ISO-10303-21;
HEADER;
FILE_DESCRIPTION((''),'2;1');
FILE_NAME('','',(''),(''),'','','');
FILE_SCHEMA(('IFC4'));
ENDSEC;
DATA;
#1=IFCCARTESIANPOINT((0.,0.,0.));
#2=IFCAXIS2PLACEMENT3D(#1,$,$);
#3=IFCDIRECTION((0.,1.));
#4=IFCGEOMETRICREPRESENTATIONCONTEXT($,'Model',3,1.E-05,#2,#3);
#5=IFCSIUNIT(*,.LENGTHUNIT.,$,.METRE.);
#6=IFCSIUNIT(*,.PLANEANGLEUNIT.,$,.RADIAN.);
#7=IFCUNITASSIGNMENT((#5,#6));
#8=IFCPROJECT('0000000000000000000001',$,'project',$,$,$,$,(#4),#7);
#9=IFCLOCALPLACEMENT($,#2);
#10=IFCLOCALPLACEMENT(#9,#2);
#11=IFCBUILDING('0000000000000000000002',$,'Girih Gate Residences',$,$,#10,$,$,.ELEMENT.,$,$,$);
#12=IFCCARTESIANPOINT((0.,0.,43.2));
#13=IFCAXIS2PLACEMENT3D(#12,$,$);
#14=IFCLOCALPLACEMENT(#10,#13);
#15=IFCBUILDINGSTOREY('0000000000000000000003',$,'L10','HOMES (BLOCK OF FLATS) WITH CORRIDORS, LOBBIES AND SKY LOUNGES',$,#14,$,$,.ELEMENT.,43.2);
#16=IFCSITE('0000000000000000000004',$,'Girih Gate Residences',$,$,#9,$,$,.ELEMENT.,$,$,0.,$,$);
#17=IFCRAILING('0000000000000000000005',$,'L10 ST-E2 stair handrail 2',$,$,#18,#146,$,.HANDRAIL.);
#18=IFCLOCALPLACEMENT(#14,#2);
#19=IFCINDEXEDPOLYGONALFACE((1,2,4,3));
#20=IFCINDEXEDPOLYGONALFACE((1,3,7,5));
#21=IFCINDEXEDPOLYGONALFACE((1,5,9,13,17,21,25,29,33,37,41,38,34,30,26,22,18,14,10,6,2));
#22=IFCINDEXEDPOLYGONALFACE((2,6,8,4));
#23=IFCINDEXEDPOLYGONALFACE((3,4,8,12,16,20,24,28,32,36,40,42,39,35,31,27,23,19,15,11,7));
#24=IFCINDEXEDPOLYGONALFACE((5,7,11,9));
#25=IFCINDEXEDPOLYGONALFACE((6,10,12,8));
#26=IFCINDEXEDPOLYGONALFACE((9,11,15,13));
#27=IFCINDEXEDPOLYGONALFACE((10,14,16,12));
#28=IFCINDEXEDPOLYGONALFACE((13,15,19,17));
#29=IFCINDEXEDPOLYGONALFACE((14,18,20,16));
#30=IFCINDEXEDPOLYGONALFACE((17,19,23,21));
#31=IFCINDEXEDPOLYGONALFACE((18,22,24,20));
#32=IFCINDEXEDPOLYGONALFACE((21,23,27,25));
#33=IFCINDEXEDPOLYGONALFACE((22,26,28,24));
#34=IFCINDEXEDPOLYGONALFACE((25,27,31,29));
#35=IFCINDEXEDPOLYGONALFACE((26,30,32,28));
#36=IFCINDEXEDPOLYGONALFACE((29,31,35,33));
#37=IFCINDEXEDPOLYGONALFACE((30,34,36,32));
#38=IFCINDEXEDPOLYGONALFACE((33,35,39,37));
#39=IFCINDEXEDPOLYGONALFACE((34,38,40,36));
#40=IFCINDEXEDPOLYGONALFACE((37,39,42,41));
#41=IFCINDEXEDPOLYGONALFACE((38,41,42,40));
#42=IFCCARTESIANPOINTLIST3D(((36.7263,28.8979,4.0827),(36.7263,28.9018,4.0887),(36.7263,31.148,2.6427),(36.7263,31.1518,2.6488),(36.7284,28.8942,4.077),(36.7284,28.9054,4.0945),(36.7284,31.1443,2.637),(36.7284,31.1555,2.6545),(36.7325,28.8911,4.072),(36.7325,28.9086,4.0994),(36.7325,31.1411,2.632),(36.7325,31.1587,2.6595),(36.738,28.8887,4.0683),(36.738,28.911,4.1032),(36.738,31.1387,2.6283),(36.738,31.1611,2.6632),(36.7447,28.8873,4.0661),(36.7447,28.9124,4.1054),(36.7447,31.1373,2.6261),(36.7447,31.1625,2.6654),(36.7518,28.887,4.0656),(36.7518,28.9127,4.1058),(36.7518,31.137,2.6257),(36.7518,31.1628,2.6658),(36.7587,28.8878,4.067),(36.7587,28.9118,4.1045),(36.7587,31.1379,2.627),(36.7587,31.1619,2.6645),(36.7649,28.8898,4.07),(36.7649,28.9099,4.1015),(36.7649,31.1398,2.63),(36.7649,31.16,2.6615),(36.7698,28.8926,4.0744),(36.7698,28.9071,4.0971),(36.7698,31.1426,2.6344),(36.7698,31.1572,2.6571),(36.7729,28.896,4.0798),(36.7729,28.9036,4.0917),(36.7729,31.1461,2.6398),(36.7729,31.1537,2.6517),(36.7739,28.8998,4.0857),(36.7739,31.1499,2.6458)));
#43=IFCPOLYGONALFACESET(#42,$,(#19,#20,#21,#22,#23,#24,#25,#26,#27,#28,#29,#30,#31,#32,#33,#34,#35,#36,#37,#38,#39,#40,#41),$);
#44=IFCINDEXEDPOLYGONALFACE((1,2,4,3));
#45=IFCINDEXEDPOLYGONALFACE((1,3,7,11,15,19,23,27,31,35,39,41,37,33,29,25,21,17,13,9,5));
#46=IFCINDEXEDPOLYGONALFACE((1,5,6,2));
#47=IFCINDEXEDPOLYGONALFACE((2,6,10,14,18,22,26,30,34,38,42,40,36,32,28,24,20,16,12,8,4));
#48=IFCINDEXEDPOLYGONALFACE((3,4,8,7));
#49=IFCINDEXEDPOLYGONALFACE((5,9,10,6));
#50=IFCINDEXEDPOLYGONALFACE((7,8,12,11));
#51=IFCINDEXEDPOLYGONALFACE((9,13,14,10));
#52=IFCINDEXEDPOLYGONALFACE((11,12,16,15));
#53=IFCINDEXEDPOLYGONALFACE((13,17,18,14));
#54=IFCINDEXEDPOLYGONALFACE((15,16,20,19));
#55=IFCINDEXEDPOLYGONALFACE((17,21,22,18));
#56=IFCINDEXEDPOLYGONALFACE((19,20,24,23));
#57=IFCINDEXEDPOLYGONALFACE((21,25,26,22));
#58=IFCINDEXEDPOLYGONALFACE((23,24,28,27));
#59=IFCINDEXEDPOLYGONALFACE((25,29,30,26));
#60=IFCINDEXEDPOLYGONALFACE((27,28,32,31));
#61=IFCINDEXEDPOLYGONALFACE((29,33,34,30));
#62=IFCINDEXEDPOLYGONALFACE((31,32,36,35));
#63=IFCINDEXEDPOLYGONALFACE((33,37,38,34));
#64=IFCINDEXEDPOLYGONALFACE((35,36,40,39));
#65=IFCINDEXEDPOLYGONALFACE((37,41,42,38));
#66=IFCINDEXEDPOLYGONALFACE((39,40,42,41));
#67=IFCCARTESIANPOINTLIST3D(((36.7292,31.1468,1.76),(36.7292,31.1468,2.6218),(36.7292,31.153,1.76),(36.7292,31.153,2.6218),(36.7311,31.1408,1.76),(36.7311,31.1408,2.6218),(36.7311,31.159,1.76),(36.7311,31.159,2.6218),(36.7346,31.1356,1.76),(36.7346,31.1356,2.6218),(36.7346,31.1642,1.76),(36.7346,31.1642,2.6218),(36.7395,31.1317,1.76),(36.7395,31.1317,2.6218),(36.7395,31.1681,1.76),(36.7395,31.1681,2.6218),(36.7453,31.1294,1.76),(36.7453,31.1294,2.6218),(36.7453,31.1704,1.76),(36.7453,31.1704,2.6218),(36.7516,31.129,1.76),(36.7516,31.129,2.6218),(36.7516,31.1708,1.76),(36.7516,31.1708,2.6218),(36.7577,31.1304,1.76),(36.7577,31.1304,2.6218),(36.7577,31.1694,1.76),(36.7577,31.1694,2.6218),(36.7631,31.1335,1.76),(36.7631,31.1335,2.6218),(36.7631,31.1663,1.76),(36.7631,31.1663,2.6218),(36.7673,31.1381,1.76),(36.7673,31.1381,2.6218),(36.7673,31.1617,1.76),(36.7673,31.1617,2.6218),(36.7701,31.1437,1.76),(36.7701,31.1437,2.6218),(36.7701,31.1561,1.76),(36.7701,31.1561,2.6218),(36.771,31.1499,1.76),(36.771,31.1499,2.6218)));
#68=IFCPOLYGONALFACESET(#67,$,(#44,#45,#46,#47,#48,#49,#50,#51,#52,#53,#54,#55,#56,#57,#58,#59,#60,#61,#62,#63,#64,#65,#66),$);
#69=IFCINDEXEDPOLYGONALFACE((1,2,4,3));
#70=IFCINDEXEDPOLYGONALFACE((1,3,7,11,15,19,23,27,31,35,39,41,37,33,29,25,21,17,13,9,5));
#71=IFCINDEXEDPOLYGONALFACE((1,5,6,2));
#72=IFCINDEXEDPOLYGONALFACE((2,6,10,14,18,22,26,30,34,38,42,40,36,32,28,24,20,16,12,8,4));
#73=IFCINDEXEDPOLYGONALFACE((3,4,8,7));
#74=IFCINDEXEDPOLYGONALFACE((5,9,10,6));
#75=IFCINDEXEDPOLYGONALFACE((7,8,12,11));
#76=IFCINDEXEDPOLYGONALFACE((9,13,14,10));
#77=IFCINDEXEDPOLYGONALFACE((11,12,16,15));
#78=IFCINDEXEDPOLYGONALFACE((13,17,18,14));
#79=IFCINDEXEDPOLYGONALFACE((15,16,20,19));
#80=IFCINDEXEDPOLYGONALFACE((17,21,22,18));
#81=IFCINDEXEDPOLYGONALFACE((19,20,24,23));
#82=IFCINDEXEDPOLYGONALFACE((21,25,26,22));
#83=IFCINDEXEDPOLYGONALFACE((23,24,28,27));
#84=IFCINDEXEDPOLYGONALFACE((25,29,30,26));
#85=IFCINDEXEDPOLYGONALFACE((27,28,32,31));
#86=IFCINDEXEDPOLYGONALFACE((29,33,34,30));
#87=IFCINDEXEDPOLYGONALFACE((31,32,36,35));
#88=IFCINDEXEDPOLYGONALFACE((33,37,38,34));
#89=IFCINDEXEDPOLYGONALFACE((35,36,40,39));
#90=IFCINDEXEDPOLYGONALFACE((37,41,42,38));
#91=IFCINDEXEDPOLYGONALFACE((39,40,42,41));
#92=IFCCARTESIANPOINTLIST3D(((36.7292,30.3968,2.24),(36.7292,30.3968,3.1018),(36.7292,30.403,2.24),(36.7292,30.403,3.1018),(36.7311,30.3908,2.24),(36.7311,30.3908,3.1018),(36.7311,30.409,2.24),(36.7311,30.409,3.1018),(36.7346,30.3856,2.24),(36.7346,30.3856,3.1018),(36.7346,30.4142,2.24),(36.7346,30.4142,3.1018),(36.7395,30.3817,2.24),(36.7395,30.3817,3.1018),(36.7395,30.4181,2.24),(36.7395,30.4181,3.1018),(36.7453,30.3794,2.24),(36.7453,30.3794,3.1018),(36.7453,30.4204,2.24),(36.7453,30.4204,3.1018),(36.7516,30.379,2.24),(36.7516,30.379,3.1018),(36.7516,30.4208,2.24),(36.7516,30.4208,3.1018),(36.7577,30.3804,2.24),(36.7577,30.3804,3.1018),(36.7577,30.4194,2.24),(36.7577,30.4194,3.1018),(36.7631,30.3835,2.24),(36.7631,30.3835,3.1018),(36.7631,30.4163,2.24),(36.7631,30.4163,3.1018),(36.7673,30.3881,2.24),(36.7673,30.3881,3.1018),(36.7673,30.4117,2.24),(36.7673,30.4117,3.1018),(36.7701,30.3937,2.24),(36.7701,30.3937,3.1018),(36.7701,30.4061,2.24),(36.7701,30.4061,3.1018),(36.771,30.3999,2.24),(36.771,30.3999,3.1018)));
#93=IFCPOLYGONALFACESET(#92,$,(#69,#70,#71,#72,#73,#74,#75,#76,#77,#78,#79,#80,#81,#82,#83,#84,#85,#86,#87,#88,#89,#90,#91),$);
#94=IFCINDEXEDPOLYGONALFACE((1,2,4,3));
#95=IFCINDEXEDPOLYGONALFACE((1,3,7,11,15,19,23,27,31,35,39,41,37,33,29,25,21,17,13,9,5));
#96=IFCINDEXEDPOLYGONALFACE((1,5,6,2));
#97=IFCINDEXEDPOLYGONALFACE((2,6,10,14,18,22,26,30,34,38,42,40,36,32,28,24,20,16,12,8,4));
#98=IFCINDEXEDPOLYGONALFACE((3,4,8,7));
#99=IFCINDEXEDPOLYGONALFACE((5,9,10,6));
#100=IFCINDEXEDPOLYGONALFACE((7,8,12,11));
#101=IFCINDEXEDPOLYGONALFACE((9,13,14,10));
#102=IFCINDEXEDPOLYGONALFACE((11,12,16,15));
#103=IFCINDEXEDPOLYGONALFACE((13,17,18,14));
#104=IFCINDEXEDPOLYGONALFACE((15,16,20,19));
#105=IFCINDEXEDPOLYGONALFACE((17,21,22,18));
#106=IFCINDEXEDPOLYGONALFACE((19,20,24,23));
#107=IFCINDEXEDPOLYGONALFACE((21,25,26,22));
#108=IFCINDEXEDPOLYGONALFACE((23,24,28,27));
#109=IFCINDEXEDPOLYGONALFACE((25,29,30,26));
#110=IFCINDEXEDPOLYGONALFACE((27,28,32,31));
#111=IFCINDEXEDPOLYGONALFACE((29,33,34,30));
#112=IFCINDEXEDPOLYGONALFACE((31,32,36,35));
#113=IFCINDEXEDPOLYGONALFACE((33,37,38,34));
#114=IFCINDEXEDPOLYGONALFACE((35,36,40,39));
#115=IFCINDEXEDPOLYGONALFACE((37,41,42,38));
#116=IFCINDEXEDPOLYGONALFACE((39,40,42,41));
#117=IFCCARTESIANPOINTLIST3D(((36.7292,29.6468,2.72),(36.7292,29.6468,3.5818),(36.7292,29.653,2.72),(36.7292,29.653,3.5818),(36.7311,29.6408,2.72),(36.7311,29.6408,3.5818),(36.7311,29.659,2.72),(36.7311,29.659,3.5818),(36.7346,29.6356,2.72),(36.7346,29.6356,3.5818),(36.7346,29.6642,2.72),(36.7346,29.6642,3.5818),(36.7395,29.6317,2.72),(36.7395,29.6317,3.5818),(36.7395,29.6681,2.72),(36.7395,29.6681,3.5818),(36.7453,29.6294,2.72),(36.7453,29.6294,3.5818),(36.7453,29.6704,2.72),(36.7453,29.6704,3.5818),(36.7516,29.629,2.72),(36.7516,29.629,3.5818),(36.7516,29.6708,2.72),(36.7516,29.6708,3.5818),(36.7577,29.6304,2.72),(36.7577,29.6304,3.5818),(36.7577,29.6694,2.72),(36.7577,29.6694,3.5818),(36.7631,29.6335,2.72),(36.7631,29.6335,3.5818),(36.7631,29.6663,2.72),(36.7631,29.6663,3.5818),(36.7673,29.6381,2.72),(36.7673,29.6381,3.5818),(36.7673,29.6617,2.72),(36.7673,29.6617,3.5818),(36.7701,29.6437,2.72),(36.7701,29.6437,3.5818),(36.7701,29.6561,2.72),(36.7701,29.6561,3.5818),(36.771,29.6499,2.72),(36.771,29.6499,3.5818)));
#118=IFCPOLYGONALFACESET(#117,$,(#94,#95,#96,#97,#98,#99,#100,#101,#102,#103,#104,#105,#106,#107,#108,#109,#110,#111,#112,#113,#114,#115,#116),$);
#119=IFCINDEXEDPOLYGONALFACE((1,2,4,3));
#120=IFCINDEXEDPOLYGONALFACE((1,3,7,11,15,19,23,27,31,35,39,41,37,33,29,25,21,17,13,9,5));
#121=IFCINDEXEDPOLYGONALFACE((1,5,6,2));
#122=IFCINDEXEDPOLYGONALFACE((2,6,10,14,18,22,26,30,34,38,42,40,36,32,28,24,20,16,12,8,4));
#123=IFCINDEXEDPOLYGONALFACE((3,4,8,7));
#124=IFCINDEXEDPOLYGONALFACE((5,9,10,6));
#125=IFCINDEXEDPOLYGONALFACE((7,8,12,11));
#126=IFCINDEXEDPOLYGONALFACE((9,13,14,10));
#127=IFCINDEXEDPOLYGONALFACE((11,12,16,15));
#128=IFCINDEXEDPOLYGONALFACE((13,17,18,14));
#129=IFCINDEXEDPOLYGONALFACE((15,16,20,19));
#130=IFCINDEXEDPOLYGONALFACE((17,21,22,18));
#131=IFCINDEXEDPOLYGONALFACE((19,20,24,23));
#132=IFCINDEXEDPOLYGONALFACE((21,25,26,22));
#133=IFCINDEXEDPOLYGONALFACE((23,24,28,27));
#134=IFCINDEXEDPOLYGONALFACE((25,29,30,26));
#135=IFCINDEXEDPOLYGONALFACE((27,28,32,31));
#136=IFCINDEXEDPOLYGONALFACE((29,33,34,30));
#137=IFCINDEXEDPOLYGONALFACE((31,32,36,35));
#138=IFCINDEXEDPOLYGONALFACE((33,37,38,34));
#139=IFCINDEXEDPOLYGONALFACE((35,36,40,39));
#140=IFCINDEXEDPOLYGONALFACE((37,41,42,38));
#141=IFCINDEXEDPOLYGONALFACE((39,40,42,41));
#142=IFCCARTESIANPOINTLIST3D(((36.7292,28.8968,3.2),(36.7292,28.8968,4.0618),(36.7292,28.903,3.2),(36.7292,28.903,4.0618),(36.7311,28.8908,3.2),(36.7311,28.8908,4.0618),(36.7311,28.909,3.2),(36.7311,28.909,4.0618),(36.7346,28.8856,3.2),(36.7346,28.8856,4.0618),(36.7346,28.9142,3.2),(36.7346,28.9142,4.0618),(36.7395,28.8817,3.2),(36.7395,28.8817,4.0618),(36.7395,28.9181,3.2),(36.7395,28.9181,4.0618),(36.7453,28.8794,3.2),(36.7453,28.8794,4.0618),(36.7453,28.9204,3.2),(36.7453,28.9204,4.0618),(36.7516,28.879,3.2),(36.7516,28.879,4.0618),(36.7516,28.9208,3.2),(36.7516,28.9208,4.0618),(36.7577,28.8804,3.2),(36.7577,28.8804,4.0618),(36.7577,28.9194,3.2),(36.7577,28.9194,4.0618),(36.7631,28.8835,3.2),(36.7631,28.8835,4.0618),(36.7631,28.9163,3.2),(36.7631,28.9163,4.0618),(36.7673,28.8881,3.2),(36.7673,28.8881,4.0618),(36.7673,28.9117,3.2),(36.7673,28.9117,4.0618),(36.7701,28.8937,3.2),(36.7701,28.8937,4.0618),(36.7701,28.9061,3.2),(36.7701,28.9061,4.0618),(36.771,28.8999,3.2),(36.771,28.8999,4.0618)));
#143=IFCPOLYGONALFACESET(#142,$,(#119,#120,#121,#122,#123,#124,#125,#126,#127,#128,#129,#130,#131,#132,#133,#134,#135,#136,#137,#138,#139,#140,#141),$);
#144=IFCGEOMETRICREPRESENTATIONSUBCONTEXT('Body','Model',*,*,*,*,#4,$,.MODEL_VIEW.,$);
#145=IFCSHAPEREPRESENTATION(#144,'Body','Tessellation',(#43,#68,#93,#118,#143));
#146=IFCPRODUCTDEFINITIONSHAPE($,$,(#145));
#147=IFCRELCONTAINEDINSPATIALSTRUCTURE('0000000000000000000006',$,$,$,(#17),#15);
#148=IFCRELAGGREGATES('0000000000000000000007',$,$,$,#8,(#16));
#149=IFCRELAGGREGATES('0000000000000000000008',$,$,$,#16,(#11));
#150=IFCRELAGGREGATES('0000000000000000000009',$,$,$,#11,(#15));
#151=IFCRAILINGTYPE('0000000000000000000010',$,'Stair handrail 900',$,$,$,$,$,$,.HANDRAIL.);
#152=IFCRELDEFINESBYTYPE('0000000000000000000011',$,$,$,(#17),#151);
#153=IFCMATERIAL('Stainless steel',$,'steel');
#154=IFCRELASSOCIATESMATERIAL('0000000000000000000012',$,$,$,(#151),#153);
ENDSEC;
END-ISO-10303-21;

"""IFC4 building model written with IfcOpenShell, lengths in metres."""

from ifc_helpers import new_model, si_unit, direction, frame, origin, origin_2d, place, context, subcontext, project, spatial, circle, extrude, material, type_object, element, save


model = new_model("IFC4")

# Units and contexts
model_context = context("Model", 3, precision=1e-05, world=origin(), true_north=direction((0.0, 1.0)))
body_context = subcontext(model_context, "Body", "Model", "MODEL_VIEW")
ifc_project = project(units=[si_unit("LENGTHUNIT", "METRE"), si_unit("PLANEANGLEUNIT", "RADIAN")], contexts=[model_context])

# Site, building, storey
site_placement = place(None, origin())
site = spatial("IfcSite", under=ifc_project, at=site_placement, Name="Girih Gate Residences", CompositionType="ELEMENT", RefElevation=0.0)
building_placement = place(site_placement, origin())
building = spatial("IfcBuilding", under=site, at=building_placement, Name="Girih Gate Residences", CompositionType="ELEMENT")
storey_placement = place(building_placement, frame((0.0, 0.0, 43.2)))
storey = spatial("IfcBuildingStorey", under=building, at=storey_placement, Name="L10", Description="HOMES (BLOCK OF FLATS) WITH CORRIDORS, LOBBIES AND SKY LOUNGES", CompositionType="ELEMENT", Elevation=43.2)

# Railing
ifc_material_1 = material(Name="Stainless steel", Category="steel")
railing_type_1 = type_object("IfcRailingType", Name="Stair handrail 900", PredefinedType="HANDRAIL", material=ifc_material_1)
railing_1_placement = place(storey_placement, frame((36.75, 31.1499, 1.76)))
element("IfcRailing", 1, at=railing_1_placement, inside=storey, type_object=railing_type_1, Name="L10 ST-E2 stair handrail 2", PredefinedType="HANDRAIL", context=body_context, shape_type="SweptSolid", body=[
    extrude(circle(Radius=0.0239, at=origin_2d()), frame((0.0, 0.0, 0.8857), z_axis=(0.0, -0.842281, 0.539038), x_axis=(1.0, 0.0, 0.0)), (0.0, 0.0, 1.0), 2.6714),
    extrude(circle(Radius=0.021, at=origin_2d()), origin(), (0.0, 0.0, 1.0), 0.8618),
    extrude(circle(Radius=0.021, at=origin_2d()), frame((0.0, -0.75, 0.48)), (0.0, 0.0, 1.0), 0.8618),
    extrude(circle(Radius=0.021, at=origin_2d()), frame((0.0, -1.5, 0.96)), (0.0, 0.0, 1.0), 0.8618),
    extrude(circle(Radius=0.021, at=origin_2d()), frame((0.0, -2.25, 1.4399)), (0.0, 0.0, 1.0), 0.8618),
])

save(model, "model.ifc")
